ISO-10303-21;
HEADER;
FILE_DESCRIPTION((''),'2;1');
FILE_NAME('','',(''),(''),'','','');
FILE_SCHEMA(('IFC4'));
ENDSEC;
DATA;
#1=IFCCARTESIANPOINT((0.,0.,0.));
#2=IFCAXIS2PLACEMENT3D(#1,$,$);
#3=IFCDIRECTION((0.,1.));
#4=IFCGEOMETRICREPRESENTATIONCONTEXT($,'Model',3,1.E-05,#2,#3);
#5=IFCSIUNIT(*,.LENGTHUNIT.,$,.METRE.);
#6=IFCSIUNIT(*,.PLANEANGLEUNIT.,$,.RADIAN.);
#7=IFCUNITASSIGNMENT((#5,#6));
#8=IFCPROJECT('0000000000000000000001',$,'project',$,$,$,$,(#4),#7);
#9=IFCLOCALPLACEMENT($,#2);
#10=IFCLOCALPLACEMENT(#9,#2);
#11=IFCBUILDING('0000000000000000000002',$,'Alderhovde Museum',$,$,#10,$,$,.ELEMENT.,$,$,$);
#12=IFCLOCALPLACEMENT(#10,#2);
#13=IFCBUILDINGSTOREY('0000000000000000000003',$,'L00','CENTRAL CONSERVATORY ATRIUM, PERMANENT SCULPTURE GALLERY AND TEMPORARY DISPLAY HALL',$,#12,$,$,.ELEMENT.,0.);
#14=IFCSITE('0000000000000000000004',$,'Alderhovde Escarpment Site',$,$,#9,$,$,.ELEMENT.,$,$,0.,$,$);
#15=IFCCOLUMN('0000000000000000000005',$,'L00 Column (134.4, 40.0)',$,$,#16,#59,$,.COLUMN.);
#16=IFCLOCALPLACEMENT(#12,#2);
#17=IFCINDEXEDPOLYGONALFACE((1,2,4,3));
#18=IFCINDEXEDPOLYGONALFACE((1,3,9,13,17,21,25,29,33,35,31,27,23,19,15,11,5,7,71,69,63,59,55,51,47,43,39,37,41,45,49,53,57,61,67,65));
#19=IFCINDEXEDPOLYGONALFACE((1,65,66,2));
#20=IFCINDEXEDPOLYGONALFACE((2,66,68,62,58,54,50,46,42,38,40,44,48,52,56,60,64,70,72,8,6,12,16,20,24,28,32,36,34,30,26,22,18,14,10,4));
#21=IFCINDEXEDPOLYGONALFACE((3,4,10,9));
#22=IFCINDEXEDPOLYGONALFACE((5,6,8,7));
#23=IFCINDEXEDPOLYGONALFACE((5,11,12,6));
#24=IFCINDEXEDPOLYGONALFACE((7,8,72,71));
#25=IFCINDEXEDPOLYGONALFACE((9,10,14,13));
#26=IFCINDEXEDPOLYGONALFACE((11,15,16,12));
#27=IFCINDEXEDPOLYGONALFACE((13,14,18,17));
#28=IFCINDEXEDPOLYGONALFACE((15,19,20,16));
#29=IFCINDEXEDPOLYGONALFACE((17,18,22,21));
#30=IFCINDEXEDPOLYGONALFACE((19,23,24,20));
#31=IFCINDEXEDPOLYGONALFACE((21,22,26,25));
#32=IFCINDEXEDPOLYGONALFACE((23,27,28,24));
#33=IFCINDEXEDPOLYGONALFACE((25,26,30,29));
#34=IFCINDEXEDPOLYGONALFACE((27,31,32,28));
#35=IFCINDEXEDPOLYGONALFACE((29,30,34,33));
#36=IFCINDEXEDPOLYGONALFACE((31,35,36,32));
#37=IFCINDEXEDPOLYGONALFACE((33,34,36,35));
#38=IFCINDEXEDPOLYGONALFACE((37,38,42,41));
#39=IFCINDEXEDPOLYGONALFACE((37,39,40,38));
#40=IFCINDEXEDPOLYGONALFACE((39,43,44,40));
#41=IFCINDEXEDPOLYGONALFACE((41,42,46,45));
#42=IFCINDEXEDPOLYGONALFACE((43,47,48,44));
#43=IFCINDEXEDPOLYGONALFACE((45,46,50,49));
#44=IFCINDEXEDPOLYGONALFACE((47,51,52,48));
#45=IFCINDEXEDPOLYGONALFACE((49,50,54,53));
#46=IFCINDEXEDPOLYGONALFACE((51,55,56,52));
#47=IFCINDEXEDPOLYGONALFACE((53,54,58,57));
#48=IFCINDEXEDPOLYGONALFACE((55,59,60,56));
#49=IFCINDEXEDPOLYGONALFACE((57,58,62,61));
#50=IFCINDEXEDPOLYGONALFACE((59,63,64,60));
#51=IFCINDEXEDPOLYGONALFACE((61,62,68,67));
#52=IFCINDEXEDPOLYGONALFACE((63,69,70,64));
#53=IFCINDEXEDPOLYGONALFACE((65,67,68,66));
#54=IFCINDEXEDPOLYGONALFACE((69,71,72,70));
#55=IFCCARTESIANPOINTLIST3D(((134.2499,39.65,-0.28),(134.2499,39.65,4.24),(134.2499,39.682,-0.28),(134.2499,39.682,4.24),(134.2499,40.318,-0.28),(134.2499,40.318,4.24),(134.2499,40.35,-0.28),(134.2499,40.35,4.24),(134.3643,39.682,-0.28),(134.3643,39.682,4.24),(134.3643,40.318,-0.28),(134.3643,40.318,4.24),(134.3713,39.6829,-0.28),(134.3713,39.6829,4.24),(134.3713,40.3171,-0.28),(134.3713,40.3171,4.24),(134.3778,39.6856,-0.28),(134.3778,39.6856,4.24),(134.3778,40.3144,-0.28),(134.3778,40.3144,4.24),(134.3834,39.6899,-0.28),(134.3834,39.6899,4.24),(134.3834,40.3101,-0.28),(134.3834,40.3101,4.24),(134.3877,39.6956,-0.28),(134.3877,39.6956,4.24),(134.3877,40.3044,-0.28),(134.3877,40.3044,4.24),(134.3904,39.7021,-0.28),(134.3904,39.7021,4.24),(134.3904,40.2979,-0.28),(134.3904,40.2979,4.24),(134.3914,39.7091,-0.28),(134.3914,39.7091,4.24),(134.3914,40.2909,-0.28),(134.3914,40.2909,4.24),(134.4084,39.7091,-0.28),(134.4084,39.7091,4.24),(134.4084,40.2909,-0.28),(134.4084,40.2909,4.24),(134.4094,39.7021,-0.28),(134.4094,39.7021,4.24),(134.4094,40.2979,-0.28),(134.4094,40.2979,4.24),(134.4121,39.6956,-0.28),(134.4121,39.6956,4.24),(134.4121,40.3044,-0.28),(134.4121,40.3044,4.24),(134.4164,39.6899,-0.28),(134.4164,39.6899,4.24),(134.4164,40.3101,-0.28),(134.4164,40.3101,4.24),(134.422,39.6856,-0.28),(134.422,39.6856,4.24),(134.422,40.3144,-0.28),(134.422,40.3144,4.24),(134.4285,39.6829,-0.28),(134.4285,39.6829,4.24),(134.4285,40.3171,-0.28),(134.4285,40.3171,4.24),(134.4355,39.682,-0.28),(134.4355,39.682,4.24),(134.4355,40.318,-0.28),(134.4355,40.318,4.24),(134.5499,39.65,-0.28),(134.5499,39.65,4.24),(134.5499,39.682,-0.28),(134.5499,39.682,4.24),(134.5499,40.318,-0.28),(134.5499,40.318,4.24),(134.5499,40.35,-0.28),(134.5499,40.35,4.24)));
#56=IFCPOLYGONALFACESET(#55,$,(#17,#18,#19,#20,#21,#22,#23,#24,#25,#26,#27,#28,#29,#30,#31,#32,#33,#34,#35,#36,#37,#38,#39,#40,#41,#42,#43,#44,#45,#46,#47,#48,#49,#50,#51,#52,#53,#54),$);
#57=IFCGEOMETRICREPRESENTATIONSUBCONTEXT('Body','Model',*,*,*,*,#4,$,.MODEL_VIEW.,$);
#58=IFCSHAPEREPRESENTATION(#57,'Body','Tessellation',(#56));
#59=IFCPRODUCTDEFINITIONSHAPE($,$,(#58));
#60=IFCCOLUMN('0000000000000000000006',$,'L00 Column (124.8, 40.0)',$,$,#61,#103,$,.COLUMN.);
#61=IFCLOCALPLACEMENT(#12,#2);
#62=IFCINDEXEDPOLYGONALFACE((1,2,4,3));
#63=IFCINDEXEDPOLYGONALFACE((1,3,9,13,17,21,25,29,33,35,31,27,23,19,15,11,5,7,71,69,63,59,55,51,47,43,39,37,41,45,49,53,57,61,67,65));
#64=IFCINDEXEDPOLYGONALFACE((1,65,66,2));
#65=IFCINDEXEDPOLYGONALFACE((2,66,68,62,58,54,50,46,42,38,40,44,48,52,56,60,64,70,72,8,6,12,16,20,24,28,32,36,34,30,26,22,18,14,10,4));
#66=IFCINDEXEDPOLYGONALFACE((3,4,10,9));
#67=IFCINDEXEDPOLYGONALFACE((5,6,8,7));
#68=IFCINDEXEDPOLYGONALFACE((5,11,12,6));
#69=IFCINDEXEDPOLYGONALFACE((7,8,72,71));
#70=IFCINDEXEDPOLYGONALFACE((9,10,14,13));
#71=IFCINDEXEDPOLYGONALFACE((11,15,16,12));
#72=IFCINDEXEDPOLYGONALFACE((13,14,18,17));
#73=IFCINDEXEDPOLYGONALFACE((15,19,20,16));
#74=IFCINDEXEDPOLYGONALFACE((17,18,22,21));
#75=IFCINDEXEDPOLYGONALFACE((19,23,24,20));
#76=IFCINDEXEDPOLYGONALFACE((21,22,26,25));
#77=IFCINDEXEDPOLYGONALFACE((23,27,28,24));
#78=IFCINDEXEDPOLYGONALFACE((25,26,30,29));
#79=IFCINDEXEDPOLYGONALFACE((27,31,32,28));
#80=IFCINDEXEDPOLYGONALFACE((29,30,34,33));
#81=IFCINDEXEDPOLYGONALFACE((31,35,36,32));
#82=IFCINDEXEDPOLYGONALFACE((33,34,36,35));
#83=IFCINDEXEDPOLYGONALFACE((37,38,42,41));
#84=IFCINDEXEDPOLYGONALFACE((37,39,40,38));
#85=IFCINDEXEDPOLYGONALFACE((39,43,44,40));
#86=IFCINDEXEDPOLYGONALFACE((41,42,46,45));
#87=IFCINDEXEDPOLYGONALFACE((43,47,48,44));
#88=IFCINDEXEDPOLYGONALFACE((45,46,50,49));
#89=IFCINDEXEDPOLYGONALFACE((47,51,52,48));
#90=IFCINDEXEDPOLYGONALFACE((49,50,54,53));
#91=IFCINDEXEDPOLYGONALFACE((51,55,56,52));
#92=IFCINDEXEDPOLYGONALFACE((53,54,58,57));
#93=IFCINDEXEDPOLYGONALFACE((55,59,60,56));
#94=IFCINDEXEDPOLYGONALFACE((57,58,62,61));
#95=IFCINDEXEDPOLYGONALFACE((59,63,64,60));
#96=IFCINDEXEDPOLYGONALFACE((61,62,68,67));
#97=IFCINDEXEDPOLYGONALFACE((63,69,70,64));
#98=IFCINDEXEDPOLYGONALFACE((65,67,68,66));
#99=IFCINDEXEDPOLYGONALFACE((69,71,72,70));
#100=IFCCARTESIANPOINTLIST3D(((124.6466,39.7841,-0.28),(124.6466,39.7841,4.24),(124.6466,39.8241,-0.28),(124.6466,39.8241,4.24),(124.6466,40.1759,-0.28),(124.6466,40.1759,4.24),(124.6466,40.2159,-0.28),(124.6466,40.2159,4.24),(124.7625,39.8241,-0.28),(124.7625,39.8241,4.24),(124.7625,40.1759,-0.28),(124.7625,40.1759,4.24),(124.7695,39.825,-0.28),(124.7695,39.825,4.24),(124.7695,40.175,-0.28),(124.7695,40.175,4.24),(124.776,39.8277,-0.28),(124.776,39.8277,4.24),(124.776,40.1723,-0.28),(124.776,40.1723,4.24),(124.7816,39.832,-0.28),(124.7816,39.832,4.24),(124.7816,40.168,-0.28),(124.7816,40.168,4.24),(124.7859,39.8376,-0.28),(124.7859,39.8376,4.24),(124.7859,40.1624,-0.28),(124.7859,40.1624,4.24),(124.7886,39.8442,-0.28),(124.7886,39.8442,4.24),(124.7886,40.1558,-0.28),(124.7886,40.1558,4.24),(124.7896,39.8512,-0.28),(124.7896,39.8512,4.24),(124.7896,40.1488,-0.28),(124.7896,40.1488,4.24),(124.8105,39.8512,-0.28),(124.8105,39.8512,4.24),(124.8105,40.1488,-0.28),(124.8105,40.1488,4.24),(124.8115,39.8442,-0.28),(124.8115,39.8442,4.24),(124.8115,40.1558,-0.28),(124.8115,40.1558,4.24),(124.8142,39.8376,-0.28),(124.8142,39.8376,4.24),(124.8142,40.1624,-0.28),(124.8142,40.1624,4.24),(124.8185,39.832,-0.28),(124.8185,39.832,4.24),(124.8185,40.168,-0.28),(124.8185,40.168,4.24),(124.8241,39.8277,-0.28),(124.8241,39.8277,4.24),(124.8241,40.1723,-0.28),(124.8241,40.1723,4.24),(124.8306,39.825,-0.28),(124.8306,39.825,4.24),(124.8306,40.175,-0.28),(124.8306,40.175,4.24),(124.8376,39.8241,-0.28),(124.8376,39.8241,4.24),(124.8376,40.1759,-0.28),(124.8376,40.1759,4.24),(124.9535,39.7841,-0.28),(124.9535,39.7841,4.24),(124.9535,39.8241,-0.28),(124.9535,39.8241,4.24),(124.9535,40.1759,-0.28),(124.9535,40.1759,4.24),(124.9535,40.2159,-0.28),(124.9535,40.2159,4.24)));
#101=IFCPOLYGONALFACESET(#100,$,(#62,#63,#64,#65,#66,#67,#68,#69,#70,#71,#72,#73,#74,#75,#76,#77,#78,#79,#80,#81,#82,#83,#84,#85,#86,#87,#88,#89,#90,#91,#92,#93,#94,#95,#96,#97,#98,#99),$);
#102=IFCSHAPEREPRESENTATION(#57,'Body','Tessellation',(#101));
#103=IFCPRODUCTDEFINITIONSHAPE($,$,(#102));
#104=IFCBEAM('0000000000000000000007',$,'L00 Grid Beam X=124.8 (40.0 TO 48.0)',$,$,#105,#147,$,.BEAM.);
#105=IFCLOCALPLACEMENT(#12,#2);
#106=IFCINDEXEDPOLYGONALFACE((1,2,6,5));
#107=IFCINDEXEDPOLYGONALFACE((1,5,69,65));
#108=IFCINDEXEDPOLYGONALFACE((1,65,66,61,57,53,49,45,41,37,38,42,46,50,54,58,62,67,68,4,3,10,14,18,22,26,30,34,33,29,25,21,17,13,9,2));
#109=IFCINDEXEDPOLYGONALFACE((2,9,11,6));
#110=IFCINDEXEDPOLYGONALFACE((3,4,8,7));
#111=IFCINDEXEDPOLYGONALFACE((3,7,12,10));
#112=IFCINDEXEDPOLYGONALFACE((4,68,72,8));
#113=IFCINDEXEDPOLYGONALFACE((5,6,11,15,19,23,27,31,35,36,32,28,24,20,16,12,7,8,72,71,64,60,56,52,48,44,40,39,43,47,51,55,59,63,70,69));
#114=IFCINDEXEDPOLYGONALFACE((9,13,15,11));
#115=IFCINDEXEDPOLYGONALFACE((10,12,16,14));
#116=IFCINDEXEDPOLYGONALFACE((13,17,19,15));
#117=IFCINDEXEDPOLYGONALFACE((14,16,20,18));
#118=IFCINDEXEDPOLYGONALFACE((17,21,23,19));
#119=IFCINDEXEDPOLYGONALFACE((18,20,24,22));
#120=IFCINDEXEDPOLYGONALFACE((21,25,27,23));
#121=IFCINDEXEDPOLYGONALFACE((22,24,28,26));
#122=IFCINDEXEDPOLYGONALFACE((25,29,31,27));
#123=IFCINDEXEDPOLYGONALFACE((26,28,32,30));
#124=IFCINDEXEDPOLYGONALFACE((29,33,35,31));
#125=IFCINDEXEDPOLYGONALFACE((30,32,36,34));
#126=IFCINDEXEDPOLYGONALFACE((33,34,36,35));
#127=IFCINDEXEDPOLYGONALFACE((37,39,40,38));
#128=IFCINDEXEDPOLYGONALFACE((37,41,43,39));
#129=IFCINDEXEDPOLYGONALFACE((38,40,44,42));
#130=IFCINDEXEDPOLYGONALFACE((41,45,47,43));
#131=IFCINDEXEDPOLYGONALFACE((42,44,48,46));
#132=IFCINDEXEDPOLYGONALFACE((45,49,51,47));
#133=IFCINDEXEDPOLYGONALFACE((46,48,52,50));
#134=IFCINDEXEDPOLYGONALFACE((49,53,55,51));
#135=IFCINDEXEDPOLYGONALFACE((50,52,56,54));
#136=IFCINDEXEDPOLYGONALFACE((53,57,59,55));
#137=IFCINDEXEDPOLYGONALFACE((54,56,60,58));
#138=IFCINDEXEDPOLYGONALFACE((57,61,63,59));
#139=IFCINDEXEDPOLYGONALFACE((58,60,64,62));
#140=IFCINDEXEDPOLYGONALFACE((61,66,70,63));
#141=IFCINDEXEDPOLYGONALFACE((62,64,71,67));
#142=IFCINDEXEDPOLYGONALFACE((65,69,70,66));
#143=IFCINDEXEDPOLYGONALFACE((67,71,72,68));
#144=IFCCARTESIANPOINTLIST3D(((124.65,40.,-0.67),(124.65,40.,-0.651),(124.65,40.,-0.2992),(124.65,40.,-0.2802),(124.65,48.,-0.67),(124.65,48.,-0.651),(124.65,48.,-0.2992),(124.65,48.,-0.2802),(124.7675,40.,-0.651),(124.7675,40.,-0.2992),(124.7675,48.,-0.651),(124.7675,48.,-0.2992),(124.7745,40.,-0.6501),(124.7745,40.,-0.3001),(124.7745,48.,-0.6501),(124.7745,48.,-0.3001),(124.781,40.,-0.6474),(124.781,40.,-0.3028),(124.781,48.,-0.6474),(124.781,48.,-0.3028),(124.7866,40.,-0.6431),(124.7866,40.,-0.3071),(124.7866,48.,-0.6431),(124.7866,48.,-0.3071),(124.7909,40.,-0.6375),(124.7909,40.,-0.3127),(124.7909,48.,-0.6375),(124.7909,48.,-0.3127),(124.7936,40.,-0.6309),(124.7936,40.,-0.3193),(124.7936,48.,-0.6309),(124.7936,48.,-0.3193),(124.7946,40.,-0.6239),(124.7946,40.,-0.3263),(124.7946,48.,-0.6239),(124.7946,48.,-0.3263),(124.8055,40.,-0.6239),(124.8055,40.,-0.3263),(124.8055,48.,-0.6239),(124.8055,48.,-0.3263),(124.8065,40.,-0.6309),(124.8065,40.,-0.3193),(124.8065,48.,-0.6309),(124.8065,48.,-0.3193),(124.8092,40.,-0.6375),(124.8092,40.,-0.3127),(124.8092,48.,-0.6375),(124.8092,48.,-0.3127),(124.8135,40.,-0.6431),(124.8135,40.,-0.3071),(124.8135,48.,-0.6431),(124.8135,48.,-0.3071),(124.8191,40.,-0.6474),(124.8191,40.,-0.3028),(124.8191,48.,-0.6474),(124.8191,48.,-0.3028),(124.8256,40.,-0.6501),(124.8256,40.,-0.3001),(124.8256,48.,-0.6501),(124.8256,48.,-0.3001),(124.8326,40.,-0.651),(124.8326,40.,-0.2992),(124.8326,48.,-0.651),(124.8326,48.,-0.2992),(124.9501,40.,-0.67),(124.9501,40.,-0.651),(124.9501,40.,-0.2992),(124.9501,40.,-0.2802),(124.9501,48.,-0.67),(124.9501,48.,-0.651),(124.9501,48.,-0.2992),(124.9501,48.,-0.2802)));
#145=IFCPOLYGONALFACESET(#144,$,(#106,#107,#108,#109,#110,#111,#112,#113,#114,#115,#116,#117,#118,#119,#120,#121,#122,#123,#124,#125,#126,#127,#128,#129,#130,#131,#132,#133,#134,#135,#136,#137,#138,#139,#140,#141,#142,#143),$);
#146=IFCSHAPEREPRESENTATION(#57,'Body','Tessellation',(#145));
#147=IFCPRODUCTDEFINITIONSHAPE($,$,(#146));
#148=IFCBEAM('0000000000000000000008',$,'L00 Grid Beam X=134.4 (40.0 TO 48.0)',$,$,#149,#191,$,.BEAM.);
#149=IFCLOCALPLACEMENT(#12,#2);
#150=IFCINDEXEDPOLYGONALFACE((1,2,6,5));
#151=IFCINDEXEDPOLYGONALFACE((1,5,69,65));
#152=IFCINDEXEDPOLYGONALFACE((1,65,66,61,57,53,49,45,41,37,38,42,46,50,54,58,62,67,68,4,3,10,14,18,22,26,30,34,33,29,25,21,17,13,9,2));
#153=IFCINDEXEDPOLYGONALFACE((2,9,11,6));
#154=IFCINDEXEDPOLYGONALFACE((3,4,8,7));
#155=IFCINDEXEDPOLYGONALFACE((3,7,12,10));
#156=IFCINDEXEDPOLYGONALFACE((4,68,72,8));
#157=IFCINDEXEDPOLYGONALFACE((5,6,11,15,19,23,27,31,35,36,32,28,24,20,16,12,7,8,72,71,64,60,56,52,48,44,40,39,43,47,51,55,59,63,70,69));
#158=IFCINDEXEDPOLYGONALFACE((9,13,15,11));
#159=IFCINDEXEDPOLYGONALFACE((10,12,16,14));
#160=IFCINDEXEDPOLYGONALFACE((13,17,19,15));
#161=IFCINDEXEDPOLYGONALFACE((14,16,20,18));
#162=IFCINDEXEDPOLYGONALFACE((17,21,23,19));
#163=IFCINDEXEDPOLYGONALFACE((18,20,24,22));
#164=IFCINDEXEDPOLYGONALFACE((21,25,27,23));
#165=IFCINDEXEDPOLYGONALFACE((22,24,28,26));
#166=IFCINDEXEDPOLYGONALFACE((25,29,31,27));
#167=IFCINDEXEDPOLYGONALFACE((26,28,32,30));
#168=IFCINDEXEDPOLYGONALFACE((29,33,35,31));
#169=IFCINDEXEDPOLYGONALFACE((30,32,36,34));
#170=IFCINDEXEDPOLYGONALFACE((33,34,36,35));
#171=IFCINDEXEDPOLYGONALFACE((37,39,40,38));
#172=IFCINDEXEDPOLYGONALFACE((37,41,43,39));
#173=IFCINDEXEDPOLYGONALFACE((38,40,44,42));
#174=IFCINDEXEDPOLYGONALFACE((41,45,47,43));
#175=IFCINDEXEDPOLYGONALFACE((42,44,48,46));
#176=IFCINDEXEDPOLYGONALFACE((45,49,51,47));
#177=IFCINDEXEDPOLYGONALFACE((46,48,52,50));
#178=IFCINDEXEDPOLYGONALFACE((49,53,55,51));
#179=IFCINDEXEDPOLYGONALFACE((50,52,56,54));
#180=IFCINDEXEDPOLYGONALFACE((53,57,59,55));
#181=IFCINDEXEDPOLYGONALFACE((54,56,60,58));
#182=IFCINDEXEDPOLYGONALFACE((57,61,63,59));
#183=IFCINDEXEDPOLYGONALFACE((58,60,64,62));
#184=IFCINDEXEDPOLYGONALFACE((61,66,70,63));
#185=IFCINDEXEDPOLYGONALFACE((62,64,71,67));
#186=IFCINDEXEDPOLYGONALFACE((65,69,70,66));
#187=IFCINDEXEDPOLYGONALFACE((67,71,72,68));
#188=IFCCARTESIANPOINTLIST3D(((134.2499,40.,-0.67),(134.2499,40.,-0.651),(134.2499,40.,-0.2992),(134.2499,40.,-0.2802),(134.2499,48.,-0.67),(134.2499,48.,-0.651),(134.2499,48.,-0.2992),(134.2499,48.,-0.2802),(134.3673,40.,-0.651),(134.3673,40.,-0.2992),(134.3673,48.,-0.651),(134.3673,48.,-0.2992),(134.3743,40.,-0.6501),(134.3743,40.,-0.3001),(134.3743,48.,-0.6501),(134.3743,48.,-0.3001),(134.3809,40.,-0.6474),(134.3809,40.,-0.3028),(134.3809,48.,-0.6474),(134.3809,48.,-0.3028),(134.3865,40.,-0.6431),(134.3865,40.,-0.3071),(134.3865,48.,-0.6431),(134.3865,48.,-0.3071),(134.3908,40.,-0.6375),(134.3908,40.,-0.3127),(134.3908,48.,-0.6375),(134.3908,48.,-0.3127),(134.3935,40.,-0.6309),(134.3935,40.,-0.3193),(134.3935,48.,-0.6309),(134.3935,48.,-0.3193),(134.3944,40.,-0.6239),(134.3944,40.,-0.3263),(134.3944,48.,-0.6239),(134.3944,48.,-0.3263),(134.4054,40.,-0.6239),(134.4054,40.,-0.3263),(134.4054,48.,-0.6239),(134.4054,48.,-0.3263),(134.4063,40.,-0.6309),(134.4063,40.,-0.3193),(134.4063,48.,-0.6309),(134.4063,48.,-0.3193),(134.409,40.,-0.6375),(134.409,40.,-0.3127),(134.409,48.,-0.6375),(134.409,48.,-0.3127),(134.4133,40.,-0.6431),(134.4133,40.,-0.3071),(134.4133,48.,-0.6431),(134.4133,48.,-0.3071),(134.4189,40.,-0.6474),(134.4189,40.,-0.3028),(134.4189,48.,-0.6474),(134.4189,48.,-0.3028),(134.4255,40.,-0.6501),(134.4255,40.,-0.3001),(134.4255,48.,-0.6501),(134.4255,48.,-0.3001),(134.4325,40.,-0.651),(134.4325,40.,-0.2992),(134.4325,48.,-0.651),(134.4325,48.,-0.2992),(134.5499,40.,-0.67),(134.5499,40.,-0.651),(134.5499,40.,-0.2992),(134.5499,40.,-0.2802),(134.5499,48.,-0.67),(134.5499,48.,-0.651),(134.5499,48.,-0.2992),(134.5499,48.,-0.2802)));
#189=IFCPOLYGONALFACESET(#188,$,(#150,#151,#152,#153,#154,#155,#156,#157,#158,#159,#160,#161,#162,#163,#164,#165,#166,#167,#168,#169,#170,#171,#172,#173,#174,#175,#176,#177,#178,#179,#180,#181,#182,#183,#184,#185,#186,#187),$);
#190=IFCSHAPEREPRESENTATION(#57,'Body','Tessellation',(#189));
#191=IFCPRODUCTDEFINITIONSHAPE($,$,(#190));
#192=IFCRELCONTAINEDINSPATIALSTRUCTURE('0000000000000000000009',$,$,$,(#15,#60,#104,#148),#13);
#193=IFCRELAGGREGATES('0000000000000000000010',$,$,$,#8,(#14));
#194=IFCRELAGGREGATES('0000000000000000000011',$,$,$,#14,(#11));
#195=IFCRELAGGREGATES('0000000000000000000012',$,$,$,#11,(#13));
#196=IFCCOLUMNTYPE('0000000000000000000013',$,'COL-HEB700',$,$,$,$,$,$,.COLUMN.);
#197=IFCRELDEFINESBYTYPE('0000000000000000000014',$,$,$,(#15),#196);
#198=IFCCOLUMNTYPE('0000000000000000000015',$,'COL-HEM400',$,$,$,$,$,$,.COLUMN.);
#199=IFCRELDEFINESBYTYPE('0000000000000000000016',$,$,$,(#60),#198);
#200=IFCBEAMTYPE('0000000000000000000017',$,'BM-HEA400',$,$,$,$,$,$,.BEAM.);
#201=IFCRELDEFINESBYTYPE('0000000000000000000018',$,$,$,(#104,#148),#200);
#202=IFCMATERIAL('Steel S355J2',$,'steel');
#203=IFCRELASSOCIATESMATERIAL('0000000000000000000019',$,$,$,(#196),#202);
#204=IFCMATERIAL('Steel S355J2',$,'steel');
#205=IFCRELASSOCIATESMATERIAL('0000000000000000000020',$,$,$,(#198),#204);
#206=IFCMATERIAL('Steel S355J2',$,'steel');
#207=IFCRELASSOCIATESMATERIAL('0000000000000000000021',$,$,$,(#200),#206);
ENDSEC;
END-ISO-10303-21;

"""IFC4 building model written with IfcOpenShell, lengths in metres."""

from ifc_helpers import new_model, si_unit, direction, frame, origin, origin_2d, place, context, subcontext, project, spatial, i_section, extrude, material, material_profile, profile_set, type_object, element, save


model = new_model("IFC4")

# Units and contexts
model_context = context("Model", 3, precision=1e-05, world=origin(), true_north=direction((0.0, 1.0)))
body_context = subcontext(model_context, "Body", "Model", "MODEL_VIEW")
ifc_project = project(units=[si_unit("LENGTHUNIT", "METRE"), si_unit("PLANEANGLEUNIT", "RADIAN")], contexts=[model_context])

# Site, building, storey
site_placement = place(None, origin())
site = spatial("IfcSite", under=ifc_project, at=site_placement, Name="Alderhovde Escarpment Site", CompositionType="ELEMENT", RefElevation=0.0)
building_placement = place(site_placement, origin())
building = spatial("IfcBuilding", under=site, at=building_placement, Name="Alderhovde Museum", CompositionType="ELEMENT")
storey_placement = place(building_placement, origin())
storey = spatial("IfcBuildingStorey", under=building, at=storey_placement, Name="L00", Description="CENTRAL CONSERVATORY ATRIUM, PERMANENT SCULPTURE GALLERY AND TEMPORARY DISPLAY HALL", CompositionType="ELEMENT", Elevation=0.0)

# Columns
ifc_material_1 = material(Name="Steel S355J2", Category="steel")
ifc_material_profile_1 = material_profile(ifc_material_1, i_section(OverallWidth=0.3, OverallDepth=0.7, WebThickness=0.0171, FlangeThickness=0.032, FilletRadius=0.0271, at=origin_2d()), Name="HEB 700")
ifc_profile_set_1 = profile_set([ifc_material_profile_1], Name="Steel S355J2")
column_type_1 = type_object("IfcColumnType", Name="COL-HEB700", PredefinedType="COLUMN", material=ifc_profile_set_1)
column_1_placement = place(storey_placement, frame((134.3999, 40.0, -0.28), z_axis=(0.0, 0.0, 1.0), x_axis=(1.0, 0.0, 0.0)))
element("IfcColumn", 1, at=column_1_placement, inside=storey, type_object=column_type_1, Name="L00 Column (134.4, 40.0)", PredefinedType="COLUMN", context=body_context, shape_type="SweptSolid", body=[
    extrude(i_section(OverallWidth=0.3, OverallDepth=0.7, WebThickness=0.0171, FlangeThickness=0.032, FilletRadius=0.0271, at=origin_2d()), origin(), (0.0, 0.0, 1.0), 4.52),
])
ifc_material_2 = material(Name="Steel S355J2", Category="steel")
ifc_material_profile_2 = material_profile(ifc_material_2, i_section(OverallWidth=0.3069, OverallDepth=0.4319, WebThickness=0.021, FlangeThickness=0.04, FilletRadius=0.0271, at=origin_2d()), Name="HEM 400")
ifc_profile_set_2 = profile_set([ifc_material_profile_2], Name="Steel S355J2")
column_type_2 = type_object("IfcColumnType", Name="COL-HEM400", PredefinedType="COLUMN", material=ifc_profile_set_2)
column_2_placement = place(storey_placement, frame((124.8, 40.0, -0.28), z_axis=(0.0, 0.0, 1.0), x_axis=(1.0, 0.0, 0.0)))
element("IfcColumn", 2, at=column_2_placement, inside=storey, type_object=column_type_2, Name="L00 Column (124.8, 40.0)", PredefinedType="COLUMN", context=body_context, shape_type="SweptSolid", body=[
    extrude(i_section(OverallWidth=0.3069, OverallDepth=0.4319, WebThickness=0.021, FlangeThickness=0.04, FilletRadius=0.0271, at=origin_2d()), origin(), (0.0, 0.0, 1.0), 4.52),
])

# Beams
ifc_material_3 = material(Name="Steel S355J2", Category="steel")
ifc_material_profile_3 = material_profile(ifc_material_3, i_section(OverallWidth=0.3, OverallDepth=0.3899, WebThickness=0.011, FlangeThickness=0.019, FilletRadius=0.0271, at=origin_2d()), Name="HEA 400")
ifc_profile_set_3 = profile_set([ifc_material_profile_3], Name="Steel S355J2")
beam_type_1 = type_object("IfcBeamType", Name="BM-HEA400", PredefinedType="BEAM", material=ifc_profile_set_3)
for number, where, z_axis, x_axis, name in (
    (3, (124.8, 40.0, -0.4751), (0.0, 1.0, 0.0), (-1.0, 0.0, 0.0), "L00 Grid Beam X=124.8 (40.0 TO 48.0)"),
    (4, (134.3999, 40.0, -0.4751), (0.0, 1.0, 0.0), (-1.0, 0.0, 0.0), "L00 Grid Beam X=134.4 (40.0 TO 48.0)"),
):
    element("IfcBeam", number, at=place(storey_placement, frame(where, z_axis=z_axis, x_axis=x_axis)), inside=storey, type_object=beam_type_1, Name=name, PredefinedType="BEAM", context=body_context, shape_type="SweptSolid", body=[
        extrude(i_section(OverallWidth=0.3, OverallDepth=0.3899, WebThickness=0.011, FlangeThickness=0.019, FilletRadius=0.0271, at=origin_2d()), origin(), (0.0, 0.0, 1.0), 8.0),
    ])

save(model, "model.ifc")
